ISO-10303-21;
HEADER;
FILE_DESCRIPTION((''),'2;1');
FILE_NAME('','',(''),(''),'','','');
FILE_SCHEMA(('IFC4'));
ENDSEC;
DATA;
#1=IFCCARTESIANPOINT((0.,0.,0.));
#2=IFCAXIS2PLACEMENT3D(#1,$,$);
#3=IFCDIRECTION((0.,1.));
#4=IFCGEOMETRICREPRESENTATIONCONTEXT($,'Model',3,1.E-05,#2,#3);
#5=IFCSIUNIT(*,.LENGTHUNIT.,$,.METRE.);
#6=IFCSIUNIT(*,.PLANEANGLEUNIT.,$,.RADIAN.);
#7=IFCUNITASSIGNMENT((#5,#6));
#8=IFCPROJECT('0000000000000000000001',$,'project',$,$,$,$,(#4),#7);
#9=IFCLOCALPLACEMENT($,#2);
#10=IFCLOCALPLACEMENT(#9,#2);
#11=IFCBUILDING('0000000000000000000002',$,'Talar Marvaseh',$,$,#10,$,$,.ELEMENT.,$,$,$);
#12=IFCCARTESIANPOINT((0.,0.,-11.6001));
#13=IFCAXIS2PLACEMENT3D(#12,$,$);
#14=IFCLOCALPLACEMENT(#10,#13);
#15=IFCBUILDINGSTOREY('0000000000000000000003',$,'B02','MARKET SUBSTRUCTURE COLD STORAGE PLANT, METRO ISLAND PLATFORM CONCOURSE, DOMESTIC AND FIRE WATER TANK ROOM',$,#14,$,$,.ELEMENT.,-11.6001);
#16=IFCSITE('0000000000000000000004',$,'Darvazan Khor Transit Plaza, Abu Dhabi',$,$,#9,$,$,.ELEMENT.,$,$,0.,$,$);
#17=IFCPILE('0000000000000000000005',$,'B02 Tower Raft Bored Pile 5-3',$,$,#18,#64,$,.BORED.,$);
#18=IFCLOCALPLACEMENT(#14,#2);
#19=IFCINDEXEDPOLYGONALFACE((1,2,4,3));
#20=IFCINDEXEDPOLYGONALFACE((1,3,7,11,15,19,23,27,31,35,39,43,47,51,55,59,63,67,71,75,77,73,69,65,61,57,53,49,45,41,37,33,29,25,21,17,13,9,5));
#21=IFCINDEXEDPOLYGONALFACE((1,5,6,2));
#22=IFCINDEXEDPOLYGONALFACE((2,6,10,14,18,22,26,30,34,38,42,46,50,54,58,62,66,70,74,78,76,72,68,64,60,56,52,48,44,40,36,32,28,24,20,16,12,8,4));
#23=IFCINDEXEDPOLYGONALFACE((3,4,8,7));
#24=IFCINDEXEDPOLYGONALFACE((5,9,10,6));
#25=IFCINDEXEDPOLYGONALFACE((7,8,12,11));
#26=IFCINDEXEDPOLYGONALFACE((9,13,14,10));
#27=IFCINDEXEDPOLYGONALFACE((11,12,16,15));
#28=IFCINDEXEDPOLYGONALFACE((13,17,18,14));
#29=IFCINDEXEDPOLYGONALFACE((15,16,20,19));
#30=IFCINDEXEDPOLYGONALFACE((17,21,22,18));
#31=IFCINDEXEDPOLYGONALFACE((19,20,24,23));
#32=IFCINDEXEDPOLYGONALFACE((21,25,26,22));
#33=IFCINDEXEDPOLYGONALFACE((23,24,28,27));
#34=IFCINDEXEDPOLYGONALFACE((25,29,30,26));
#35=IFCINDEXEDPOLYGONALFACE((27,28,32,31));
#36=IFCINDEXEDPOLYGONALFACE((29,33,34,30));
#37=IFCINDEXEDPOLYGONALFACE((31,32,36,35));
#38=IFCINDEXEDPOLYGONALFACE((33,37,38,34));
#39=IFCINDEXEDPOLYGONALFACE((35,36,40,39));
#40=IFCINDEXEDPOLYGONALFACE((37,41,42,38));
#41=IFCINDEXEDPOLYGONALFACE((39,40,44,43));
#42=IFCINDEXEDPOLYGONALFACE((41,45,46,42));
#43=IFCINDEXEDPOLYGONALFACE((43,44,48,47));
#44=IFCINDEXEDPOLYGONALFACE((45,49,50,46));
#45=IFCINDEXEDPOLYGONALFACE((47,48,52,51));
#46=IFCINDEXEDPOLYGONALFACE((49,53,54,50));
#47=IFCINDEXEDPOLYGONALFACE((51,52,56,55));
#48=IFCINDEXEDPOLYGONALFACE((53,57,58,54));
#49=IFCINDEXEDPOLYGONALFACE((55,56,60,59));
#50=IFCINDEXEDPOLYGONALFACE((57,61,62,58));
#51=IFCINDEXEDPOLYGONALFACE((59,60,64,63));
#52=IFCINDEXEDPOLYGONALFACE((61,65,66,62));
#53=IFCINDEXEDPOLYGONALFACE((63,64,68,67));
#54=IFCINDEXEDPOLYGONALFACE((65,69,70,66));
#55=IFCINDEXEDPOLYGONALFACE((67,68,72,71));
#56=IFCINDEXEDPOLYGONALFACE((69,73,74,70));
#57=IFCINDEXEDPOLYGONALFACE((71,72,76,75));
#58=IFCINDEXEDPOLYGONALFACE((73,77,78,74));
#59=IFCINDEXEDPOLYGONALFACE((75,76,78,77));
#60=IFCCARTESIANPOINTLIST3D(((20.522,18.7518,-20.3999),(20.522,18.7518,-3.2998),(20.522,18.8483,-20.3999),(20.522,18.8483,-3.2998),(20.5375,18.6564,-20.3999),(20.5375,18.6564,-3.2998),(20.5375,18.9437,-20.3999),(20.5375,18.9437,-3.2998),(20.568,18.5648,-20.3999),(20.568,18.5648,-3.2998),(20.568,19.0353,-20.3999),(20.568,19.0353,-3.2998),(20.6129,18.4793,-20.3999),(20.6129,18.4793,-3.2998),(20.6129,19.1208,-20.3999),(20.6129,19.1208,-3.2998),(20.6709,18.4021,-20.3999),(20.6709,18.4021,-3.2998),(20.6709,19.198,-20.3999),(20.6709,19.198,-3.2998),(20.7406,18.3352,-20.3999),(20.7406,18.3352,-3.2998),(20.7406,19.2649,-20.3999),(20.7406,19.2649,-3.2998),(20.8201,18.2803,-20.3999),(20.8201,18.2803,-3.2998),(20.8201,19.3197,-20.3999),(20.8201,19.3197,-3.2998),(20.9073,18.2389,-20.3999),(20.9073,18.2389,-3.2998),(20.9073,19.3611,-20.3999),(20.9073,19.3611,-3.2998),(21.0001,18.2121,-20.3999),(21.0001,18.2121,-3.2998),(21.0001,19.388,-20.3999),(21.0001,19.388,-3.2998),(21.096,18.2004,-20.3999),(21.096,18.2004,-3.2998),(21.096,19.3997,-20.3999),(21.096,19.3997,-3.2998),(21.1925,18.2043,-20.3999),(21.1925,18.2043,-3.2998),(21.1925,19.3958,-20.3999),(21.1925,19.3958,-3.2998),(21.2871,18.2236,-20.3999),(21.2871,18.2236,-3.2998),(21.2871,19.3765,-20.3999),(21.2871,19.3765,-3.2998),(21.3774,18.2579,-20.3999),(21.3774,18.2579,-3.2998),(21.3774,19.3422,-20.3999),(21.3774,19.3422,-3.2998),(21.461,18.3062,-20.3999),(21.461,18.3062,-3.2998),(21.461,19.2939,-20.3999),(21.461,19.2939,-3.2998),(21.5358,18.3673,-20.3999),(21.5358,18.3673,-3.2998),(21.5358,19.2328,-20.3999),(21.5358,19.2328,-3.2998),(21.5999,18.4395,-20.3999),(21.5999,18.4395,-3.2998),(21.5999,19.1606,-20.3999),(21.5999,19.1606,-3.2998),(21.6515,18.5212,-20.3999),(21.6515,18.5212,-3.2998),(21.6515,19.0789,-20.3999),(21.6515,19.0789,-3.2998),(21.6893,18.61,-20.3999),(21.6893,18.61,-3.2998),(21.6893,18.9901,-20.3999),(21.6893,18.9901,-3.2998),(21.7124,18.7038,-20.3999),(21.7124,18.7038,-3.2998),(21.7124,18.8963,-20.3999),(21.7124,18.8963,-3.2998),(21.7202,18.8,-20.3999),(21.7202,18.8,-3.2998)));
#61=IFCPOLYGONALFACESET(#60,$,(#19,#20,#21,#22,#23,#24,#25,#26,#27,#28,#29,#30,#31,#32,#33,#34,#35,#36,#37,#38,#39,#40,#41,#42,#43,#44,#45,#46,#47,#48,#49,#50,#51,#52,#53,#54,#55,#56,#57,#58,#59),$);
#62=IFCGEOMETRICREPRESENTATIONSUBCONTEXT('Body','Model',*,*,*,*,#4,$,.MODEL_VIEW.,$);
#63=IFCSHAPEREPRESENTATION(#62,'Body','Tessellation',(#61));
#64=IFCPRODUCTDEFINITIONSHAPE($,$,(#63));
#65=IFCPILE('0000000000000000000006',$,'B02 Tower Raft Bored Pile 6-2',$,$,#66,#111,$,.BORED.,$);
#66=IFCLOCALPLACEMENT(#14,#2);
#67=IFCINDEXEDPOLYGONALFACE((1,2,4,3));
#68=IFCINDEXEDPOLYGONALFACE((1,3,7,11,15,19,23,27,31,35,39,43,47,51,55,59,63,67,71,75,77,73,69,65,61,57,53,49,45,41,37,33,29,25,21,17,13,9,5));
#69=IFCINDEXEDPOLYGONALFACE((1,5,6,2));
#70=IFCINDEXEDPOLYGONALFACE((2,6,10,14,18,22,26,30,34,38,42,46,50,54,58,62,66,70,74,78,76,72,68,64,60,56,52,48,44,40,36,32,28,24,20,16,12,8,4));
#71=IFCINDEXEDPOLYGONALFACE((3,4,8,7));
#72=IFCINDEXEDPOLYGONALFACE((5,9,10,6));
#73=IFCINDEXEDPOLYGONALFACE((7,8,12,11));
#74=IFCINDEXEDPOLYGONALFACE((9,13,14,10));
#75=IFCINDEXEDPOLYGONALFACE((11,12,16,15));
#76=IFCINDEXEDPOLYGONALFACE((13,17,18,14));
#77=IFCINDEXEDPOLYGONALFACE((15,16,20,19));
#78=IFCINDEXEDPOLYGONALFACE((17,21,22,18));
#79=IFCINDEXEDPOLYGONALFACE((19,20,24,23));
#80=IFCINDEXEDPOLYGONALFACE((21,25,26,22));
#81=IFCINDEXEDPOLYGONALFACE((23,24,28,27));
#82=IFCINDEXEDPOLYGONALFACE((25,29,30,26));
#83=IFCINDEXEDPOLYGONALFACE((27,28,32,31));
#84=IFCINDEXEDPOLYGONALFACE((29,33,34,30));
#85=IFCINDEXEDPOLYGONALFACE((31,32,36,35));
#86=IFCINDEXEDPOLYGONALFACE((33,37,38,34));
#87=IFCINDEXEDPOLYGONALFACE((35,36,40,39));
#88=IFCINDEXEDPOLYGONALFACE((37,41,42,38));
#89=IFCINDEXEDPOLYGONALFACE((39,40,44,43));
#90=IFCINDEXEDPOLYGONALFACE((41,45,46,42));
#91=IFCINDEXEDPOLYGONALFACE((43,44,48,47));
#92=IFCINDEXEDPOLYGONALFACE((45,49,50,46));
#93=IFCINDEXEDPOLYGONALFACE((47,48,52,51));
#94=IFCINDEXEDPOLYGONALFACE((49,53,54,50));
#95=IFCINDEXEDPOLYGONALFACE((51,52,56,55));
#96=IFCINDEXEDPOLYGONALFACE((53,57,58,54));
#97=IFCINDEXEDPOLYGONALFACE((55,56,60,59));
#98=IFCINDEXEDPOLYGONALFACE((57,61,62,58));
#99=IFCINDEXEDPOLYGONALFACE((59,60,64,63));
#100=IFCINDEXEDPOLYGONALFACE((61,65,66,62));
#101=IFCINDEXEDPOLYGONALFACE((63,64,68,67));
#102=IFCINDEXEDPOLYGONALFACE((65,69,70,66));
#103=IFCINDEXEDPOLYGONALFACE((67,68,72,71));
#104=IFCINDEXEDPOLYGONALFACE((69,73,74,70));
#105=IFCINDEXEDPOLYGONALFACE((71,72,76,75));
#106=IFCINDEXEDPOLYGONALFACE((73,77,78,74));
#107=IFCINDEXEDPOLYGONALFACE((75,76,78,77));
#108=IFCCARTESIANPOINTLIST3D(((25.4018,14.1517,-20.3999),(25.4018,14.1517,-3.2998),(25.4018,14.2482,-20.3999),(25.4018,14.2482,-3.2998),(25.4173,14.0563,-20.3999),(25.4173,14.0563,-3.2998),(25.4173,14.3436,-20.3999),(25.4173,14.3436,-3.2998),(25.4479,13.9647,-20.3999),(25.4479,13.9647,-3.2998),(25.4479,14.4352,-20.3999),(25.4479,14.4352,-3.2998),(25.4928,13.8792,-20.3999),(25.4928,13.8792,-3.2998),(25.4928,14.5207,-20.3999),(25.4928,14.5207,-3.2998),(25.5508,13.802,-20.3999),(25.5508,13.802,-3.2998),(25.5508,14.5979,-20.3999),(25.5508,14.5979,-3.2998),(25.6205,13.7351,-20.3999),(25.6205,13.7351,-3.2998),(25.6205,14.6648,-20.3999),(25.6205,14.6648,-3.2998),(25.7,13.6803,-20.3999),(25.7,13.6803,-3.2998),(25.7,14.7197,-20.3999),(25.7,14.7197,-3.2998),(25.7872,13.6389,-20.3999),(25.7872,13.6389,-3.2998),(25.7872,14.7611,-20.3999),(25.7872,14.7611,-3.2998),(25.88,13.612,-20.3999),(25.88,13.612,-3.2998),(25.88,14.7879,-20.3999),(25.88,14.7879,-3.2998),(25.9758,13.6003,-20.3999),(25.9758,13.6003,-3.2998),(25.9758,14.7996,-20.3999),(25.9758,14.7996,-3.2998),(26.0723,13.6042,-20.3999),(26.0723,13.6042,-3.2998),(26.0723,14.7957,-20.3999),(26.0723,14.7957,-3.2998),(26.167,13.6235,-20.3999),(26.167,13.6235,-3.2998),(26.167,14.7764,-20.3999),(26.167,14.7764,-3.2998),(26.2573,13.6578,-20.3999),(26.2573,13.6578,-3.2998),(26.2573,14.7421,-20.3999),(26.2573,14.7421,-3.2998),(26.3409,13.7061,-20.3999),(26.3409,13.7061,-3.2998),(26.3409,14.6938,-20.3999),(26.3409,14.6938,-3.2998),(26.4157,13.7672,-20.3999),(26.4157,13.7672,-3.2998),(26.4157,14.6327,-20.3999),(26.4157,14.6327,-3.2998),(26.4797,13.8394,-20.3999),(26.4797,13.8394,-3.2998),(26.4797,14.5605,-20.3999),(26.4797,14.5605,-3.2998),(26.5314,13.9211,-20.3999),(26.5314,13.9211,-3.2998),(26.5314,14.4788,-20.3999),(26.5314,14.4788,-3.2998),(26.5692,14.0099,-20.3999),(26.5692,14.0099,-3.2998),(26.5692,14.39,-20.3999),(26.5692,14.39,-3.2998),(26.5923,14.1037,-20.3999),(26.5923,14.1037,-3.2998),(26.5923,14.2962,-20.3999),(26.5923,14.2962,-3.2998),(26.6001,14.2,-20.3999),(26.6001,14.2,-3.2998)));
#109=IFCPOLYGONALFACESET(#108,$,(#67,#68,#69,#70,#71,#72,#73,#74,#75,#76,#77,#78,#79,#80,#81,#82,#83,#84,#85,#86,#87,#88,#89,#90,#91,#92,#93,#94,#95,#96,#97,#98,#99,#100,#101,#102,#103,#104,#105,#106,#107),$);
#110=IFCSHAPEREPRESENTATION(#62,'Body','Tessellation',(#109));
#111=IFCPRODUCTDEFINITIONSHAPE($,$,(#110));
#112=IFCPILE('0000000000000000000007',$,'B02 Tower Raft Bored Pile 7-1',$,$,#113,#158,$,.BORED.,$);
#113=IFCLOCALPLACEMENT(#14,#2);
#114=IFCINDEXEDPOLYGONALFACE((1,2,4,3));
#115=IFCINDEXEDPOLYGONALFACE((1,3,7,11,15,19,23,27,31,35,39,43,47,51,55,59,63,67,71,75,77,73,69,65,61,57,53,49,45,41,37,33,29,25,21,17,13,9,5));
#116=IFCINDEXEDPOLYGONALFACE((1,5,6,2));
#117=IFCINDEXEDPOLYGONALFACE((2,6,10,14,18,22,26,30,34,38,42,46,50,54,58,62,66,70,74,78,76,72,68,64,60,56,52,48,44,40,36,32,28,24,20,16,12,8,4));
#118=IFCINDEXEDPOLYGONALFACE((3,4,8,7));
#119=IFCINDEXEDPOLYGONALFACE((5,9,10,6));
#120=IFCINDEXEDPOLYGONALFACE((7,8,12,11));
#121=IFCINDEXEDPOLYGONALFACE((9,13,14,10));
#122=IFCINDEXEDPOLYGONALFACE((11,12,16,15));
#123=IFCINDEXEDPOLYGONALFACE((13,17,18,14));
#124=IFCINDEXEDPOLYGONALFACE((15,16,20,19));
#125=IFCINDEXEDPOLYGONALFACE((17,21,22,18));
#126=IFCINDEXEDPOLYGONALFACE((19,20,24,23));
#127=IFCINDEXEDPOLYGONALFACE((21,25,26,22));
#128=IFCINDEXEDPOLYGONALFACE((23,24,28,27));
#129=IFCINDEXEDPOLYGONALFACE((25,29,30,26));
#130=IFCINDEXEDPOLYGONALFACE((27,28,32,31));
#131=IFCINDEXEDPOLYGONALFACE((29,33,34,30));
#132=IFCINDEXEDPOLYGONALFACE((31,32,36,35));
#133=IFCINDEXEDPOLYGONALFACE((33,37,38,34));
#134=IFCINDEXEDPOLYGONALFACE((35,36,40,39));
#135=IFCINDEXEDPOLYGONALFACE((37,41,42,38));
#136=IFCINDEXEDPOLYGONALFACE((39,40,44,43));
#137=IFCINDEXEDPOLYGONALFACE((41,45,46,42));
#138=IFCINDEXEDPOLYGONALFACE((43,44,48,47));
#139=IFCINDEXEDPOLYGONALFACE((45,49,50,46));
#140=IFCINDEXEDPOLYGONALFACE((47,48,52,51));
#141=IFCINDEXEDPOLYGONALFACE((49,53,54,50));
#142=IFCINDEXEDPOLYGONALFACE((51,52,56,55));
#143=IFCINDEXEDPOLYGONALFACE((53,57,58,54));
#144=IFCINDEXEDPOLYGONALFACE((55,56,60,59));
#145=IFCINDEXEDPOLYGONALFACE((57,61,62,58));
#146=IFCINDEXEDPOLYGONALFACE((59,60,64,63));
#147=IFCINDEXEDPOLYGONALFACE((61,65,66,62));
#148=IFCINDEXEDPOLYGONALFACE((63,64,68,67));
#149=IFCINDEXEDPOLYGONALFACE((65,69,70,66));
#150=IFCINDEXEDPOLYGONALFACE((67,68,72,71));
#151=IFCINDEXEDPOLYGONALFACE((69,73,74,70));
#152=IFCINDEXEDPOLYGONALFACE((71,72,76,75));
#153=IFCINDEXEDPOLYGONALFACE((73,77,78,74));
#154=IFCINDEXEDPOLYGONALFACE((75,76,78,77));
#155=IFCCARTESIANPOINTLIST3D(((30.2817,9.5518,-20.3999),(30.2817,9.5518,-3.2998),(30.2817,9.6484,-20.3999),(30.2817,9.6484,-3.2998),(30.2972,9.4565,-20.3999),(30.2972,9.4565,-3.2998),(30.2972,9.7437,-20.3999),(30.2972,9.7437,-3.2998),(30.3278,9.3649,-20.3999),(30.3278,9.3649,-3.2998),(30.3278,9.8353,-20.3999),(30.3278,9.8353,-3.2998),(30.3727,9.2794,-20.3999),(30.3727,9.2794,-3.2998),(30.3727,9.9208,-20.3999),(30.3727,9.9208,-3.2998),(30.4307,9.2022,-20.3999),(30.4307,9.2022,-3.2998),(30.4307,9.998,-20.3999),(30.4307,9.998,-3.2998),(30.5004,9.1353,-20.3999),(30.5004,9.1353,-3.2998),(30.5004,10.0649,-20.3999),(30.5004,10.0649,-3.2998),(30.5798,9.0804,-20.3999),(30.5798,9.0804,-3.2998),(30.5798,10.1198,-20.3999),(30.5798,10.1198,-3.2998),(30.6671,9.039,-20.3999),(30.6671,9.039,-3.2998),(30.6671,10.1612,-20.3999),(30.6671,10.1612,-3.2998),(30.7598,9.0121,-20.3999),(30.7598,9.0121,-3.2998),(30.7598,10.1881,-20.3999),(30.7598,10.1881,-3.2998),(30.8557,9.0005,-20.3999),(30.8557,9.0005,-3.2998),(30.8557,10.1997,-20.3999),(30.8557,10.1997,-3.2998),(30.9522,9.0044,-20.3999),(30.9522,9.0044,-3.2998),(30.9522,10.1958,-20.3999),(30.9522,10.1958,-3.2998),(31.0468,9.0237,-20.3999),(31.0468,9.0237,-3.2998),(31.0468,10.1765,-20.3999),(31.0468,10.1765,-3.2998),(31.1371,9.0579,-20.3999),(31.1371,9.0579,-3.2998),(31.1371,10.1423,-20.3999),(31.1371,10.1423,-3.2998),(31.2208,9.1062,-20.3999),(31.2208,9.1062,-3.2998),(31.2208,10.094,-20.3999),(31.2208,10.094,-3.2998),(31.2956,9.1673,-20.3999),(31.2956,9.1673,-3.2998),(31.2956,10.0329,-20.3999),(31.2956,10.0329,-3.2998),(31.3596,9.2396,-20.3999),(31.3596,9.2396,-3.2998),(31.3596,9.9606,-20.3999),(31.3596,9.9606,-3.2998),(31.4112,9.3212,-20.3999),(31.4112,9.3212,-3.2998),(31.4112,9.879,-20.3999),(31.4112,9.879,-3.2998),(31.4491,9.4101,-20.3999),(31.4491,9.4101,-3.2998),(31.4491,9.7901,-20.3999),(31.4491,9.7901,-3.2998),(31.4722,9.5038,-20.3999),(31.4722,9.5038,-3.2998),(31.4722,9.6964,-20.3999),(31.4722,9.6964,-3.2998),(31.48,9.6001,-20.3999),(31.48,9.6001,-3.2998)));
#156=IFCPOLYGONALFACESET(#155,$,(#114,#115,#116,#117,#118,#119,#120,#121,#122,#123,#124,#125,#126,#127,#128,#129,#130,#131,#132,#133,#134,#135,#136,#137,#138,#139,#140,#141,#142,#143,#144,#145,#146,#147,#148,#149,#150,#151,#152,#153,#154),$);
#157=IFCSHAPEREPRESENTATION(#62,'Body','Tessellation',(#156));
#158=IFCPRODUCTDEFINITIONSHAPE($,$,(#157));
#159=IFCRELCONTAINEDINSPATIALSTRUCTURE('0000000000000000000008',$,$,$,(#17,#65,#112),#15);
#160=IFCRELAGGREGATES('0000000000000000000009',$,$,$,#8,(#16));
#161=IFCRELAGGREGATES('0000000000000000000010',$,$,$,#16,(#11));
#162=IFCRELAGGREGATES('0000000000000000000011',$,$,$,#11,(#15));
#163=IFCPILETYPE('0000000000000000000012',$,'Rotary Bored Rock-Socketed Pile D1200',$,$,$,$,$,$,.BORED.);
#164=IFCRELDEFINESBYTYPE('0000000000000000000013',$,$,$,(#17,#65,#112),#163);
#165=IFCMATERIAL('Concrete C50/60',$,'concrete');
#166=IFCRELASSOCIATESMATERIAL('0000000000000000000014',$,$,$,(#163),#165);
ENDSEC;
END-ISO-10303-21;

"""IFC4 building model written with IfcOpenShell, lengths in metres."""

from ifc_helpers import new_model, si_unit, direction, frame, origin, origin_2d, place, context, subcontext, project, spatial, circle, extrude, source, transform, mapped, material, material_profile, profile_set, type_object, type_shapes, element, save


model = new_model("IFC4")

# Units and contexts
model_context = context("Model", 3, precision=1e-05, world=origin(), true_north=direction((0.0, 1.0)))
body_context = subcontext(model_context, "Body", "Model", "MODEL_VIEW")
ifc_project = project(units=[si_unit("LENGTHUNIT", "METRE"), si_unit("PLANEANGLEUNIT", "RADIAN")], contexts=[model_context])

# Site, building, storey
site_placement = place(None, origin())
site = spatial("IfcSite", under=ifc_project, at=site_placement, Name="Darvazan Khor Transit Plaza, Abu Dhabi", CompositionType="ELEMENT", RefElevation=0.0)
building_placement = place(site_placement, origin())
building = spatial("IfcBuilding", under=site, at=building_placement, Name="Talar Marvaseh", CompositionType="ELEMENT")
storey_placement = place(building_placement, frame((0.0, 0.0, -11.6001)))
storey = spatial("IfcBuildingStorey", under=building, at=storey_placement, Name="B02", Description="MARKET SUBSTRUCTURE COLD STORAGE PLANT, METRO ISLAND PLATFORM CONCOURSE, DOMESTIC AND FIRE WATER TANK ROOM", CompositionType="ELEMENT", Elevation=-11.6001)

# Piles
ifc_material_1 = material(Name="Concrete C50/60", Category="concrete")
ifc_material_profile_1 = material_profile(ifc_material_1, circle(Radius=0.6001, at=origin_2d()), Name="PILE-D1200")
ifc_profile_set_1 = profile_set([ifc_material_profile_1], Name="Concrete C50/60")
pile_type_1 = type_object("IfcPileType", Name="Rotary Bored Rock-Socketed Pile D1200", PredefinedType="BORED", material=ifc_profile_set_1)
shared_shape_1 = source(origin(), body_context, "Body", "SweptSolid", [
    extrude(circle(Radius=0.6001, at=origin_2d()), origin(), (0.0, 0.0, 1.0), 17.1001),
])
type_shapes(pile_type_1, [shared_shape_1])
for number, where, z_axis, x_axis, name in (
    (1, (21.1201, 18.8, -3.2998), (0.0, 0.0, -1.0), (1.0, 0.0, 0.0), "B02 Tower Raft Bored Pile 5-3"),
    (2, (26.0, 14.2, -3.2998), (0.0, 0.0, -1.0), (1.0, 0.0, 0.0), "B02 Tower Raft Bored Pile 6-2"),
    (3, (30.8799, 9.6001, -3.2998), (0.0, 0.0, -1.0), (1.0, 0.0, 0.0), "B02 Tower Raft Bored Pile 7-1"),
):
    element("IfcPile", number, at=place(storey_placement, frame(where, z_axis=z_axis, x_axis=x_axis)), inside=storey, type_object=pile_type_1, Name=name, PredefinedType="BORED", context=body_context, shape_type="MappedRepresentation", body=[
        mapped(shared_shape_1, transform((0.0, 0.0, 0.0), x_axis=(1.0, 0.0, 0.0), y_axis=(0.0, 1.0, 0.0), z_axis=(0.0, 0.0, 1.0), scale=1.0)),
    ])

save(model, "model.ifc")
